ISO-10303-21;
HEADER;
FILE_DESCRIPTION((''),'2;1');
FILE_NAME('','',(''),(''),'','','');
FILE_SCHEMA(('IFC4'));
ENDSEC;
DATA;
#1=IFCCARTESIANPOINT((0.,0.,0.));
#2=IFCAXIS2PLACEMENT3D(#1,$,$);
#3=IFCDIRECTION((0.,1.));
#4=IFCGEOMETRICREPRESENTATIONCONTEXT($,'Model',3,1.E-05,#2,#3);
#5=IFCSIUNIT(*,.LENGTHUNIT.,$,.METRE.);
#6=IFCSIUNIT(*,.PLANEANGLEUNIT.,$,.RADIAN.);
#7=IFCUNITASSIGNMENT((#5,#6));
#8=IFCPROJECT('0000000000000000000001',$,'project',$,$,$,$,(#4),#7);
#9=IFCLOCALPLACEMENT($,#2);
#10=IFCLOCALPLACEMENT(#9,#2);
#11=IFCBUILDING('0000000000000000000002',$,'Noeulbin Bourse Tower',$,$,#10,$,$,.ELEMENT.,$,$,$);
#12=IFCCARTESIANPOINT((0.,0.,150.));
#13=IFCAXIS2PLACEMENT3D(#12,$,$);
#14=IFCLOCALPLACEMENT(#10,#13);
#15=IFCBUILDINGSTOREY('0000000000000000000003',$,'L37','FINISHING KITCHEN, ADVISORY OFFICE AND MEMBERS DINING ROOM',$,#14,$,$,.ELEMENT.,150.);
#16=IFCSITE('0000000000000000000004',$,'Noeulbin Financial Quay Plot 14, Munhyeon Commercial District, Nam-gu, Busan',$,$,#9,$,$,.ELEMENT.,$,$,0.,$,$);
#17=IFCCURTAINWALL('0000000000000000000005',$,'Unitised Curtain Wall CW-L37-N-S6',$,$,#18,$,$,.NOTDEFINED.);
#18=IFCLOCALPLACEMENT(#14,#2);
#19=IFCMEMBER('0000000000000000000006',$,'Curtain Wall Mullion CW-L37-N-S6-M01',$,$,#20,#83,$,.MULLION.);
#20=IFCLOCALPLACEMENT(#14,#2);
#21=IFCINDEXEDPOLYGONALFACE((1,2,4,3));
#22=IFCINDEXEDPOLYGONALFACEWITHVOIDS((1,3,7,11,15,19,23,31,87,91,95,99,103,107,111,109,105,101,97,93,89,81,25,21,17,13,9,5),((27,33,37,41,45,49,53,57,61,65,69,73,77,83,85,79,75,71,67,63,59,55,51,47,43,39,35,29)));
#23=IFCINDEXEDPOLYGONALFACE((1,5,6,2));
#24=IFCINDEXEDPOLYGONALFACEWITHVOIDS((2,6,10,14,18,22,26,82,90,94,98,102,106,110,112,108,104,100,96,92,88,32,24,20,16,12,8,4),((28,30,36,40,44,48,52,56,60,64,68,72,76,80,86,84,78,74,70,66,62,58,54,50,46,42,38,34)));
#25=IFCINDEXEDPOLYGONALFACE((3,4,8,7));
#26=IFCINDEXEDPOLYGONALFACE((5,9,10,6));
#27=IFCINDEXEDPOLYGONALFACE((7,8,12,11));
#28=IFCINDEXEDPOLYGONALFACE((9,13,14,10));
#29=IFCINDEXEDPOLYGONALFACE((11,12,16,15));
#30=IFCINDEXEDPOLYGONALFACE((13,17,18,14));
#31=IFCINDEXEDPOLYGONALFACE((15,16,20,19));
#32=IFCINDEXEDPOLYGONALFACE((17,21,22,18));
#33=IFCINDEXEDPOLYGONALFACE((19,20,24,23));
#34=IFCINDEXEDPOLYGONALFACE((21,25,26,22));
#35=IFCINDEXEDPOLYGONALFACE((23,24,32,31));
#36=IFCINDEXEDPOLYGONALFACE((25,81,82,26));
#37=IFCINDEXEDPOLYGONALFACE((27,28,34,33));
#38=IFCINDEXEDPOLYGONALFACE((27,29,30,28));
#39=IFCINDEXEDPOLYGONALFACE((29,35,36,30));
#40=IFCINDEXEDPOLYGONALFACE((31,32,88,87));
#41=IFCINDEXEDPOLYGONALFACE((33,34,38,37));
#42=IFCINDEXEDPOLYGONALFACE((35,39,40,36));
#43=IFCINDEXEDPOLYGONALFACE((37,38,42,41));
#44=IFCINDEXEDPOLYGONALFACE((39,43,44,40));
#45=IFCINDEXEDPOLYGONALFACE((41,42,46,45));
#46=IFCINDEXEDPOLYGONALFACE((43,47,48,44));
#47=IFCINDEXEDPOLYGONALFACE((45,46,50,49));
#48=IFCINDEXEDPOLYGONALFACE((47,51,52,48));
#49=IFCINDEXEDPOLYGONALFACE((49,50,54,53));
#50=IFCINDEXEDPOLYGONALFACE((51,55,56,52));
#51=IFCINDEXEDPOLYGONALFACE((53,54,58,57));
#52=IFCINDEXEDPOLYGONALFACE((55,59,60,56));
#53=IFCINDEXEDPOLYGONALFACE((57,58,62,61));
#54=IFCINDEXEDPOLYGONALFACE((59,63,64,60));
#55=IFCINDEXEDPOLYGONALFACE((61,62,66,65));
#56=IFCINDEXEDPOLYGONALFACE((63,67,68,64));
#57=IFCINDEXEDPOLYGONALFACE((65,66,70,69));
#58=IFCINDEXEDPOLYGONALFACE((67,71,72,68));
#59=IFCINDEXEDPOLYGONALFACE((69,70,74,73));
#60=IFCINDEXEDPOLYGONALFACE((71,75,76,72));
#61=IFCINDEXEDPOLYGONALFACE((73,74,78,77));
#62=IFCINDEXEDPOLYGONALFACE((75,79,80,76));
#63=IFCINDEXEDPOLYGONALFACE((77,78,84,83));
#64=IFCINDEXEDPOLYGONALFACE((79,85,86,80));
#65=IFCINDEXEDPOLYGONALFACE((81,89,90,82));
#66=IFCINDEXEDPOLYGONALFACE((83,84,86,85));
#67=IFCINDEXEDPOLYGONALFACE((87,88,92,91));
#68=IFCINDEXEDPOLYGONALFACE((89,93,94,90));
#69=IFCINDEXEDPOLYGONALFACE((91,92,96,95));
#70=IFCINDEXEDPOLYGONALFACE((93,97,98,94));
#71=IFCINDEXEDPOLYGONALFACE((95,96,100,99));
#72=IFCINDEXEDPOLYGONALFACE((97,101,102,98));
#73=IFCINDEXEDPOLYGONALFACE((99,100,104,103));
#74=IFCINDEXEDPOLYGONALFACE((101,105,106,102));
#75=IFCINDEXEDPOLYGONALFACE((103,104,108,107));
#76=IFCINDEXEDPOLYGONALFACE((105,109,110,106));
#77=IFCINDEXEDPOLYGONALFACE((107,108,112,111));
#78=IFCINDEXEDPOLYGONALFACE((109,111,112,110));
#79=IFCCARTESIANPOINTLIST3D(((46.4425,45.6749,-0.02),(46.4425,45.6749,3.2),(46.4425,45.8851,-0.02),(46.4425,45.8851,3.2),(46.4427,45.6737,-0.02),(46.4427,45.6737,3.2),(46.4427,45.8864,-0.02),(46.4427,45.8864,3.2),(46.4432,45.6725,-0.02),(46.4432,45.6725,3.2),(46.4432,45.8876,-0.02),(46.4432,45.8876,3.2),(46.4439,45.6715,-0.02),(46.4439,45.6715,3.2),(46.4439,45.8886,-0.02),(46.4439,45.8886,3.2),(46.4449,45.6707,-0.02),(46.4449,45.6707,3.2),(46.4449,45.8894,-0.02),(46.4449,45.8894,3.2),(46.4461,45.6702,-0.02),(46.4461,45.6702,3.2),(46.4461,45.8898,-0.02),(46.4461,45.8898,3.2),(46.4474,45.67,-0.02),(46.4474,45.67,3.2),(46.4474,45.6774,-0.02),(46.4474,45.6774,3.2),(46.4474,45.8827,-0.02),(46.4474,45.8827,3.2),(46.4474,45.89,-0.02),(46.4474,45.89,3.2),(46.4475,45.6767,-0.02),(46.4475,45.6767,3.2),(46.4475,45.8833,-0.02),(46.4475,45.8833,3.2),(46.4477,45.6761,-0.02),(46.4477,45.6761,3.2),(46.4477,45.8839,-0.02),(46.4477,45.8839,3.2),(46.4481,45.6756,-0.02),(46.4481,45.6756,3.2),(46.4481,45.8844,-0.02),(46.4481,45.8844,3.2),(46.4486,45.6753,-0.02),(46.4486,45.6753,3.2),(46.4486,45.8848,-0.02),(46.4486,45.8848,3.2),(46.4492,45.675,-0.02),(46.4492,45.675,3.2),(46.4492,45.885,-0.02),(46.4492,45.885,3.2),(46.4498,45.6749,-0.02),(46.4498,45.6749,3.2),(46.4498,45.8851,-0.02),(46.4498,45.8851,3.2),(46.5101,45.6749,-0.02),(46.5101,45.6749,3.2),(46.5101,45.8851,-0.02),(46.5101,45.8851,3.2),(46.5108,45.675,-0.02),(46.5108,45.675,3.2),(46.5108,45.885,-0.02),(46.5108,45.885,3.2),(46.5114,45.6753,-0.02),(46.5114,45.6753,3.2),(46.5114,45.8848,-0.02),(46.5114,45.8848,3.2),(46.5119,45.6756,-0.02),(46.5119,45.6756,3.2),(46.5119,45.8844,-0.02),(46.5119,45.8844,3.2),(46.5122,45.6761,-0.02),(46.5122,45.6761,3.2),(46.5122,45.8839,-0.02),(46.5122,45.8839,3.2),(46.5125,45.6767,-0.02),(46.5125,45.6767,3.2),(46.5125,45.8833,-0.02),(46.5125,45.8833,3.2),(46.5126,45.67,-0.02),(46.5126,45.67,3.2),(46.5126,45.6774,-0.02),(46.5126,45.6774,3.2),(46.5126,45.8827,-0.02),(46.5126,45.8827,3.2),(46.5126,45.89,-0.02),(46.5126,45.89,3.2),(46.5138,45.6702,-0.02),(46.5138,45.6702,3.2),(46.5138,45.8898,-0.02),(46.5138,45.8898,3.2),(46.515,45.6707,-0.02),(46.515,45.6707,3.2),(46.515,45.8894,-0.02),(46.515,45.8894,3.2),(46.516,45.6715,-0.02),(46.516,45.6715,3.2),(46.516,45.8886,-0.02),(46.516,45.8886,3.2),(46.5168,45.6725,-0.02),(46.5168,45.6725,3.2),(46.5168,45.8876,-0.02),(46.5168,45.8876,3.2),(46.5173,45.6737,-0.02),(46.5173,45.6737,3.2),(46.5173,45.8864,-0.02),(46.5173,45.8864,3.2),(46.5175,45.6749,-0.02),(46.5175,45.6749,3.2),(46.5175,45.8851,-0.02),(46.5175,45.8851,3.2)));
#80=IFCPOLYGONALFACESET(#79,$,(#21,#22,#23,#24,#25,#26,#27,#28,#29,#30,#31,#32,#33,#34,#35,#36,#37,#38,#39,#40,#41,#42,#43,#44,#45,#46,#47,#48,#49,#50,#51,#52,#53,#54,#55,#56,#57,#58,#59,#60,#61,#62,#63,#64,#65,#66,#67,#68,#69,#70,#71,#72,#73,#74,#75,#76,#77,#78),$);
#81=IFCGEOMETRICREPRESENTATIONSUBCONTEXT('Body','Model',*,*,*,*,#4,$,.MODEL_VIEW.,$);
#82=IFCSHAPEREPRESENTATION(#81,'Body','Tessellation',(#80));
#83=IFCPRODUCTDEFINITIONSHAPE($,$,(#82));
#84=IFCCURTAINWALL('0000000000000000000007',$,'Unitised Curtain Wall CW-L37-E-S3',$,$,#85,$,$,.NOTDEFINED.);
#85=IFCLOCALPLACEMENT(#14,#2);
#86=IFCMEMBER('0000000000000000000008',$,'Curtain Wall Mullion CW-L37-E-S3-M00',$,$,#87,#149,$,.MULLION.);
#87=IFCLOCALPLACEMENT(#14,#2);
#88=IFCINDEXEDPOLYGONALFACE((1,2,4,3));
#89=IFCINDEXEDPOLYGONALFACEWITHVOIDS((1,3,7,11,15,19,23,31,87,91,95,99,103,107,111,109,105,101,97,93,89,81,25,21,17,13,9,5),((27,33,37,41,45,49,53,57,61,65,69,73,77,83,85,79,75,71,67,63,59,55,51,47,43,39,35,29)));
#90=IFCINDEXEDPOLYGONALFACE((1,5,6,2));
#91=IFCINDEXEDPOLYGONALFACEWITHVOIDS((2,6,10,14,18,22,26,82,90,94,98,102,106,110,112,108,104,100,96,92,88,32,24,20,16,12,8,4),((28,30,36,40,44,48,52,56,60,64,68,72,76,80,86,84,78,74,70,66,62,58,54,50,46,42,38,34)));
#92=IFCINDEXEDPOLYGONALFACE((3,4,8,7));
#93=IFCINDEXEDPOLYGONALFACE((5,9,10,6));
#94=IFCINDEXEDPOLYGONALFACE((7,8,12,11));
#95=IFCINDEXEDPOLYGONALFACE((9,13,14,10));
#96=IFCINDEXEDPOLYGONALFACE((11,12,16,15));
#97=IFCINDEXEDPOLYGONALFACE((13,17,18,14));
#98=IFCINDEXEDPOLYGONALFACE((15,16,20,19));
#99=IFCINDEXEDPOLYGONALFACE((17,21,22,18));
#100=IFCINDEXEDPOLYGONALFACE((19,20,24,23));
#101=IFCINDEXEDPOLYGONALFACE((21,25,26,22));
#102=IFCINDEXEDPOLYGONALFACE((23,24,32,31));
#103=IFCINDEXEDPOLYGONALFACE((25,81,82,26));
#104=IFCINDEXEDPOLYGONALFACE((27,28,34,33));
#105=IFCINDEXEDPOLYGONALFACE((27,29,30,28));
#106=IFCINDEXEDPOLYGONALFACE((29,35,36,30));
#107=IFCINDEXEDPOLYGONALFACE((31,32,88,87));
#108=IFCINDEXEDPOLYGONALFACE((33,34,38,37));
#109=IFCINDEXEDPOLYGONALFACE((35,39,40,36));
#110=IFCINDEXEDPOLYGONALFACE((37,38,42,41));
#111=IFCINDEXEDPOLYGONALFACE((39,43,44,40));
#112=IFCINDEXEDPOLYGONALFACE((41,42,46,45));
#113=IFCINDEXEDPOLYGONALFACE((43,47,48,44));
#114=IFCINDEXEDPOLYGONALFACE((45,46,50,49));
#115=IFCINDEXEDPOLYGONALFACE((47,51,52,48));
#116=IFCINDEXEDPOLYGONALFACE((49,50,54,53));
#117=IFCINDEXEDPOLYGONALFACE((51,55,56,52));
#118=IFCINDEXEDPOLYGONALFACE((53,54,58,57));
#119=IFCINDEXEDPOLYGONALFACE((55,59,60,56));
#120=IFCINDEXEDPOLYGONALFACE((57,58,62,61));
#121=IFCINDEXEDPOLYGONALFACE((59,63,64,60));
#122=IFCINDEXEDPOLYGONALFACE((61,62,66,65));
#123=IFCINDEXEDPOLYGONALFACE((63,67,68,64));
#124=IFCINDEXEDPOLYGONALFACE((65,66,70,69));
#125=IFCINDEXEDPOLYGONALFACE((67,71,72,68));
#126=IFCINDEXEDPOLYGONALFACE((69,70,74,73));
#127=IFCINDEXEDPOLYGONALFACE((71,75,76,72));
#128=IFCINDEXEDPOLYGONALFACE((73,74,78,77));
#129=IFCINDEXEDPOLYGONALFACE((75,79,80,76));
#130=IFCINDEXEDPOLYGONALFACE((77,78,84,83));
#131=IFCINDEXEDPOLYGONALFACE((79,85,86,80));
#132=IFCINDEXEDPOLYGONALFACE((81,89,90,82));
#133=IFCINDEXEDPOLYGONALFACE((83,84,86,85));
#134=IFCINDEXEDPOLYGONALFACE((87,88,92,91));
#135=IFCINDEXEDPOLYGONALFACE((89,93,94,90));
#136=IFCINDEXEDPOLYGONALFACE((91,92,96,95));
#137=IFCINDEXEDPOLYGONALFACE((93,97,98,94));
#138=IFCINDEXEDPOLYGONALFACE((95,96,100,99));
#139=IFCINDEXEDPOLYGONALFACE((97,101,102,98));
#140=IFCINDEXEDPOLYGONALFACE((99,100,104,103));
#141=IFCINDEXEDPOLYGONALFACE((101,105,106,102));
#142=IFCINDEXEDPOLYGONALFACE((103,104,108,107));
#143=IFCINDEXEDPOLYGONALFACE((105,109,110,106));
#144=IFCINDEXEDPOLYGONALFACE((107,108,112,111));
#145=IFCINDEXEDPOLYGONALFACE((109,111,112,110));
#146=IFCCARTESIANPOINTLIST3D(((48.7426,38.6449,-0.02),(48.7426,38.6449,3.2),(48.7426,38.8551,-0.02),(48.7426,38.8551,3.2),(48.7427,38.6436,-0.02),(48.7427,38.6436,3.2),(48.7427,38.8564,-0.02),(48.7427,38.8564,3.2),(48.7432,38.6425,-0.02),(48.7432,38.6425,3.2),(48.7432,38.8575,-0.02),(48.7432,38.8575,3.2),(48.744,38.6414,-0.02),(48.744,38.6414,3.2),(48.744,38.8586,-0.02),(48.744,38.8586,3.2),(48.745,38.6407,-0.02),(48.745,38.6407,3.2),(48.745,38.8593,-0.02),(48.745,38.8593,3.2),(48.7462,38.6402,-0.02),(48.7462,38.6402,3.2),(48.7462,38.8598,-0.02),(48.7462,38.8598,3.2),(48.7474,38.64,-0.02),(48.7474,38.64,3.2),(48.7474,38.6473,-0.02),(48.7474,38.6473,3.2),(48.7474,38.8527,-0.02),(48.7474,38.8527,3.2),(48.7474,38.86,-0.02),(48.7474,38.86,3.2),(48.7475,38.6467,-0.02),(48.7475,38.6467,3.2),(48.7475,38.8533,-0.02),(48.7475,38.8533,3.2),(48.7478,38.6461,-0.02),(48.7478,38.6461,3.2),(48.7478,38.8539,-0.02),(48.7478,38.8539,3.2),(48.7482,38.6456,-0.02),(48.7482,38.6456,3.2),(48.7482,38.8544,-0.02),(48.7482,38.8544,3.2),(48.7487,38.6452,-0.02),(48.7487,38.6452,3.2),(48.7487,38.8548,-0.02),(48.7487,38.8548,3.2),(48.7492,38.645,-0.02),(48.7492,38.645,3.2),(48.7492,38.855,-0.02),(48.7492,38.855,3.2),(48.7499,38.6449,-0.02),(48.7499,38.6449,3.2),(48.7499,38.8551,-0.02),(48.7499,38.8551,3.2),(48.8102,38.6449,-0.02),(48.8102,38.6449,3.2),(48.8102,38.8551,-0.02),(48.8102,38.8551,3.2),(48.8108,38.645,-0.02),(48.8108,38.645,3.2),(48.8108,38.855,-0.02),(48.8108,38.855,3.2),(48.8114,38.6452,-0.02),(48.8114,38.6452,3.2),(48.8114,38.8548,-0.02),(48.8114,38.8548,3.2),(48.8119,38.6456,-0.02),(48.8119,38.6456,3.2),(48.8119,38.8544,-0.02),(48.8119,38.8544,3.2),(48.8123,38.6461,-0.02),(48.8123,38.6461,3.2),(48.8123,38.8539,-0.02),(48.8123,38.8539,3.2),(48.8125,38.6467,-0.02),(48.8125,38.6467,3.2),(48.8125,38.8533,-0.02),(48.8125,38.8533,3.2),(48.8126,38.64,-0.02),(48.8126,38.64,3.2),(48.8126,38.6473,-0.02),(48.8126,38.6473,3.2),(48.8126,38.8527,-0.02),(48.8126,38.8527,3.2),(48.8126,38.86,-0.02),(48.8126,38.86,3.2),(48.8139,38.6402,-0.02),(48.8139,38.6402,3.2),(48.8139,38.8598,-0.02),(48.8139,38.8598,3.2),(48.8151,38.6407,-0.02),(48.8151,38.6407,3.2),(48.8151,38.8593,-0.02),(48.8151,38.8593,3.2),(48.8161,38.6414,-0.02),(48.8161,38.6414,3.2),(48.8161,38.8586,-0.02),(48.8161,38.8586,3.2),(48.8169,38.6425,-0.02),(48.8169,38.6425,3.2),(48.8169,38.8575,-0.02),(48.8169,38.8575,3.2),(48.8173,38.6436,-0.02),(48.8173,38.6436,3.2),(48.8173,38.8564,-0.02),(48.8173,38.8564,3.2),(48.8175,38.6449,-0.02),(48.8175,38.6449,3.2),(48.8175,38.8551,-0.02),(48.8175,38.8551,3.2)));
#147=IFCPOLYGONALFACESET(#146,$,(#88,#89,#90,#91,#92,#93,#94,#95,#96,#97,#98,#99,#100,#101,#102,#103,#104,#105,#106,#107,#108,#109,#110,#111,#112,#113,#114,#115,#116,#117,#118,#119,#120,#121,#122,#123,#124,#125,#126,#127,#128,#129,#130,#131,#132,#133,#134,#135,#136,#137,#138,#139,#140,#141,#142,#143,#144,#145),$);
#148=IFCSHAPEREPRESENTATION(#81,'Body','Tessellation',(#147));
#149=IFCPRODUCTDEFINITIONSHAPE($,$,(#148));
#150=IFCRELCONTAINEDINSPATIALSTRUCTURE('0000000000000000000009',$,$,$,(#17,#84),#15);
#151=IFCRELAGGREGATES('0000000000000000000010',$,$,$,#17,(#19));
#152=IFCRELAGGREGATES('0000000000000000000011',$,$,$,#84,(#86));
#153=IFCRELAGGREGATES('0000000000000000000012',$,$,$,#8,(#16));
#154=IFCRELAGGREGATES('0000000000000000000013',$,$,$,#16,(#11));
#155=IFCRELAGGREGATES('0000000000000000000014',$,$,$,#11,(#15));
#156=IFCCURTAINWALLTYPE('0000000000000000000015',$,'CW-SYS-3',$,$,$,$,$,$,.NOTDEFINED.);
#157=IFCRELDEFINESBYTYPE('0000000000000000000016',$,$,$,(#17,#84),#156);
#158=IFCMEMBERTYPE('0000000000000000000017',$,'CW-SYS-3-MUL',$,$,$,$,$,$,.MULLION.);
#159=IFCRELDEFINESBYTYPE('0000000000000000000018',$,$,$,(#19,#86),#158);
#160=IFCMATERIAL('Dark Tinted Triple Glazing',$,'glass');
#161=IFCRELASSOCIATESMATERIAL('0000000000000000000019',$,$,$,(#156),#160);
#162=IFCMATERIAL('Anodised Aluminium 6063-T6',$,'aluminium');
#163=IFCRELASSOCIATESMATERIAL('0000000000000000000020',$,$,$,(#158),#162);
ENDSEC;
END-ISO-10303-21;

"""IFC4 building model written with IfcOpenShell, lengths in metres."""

from ifc_helpers import new_model, si_unit, direction, frame, origin, origin_2d, place, context, subcontext, project, spatial, hollow_rectangle, extrude, material, material_profile, profile_set, type_object, element, aggregate, save


model = new_model("IFC4")

# Units and contexts
model_context = context("Model", 3, precision=1e-05, world=origin(), true_north=direction((0.0, 1.0)))
body_context = subcontext(model_context, "Body", "Model", "MODEL_VIEW")
ifc_project = project(units=[si_unit("LENGTHUNIT", "METRE"), si_unit("PLANEANGLEUNIT", "RADIAN")], contexts=[model_context])

# Site, building, storey
site_placement = place(None, origin())
site = spatial("IfcSite", under=ifc_project, at=site_placement, Name="Noeulbin Financial Quay Plot 14, Munhyeon Commercial District, Nam-gu, Busan", CompositionType="ELEMENT", RefElevation=0.0)
building_placement = place(site_placement, origin())
building = spatial("IfcBuilding", under=site, at=building_placement, Name="Noeulbin Bourse Tower", CompositionType="ELEMENT")
storey_placement = place(building_placement, frame((0.0, 0.0, 150.0)))
storey = spatial("IfcBuildingStorey", under=building, at=storey_placement, Name="L37", Description="FINISHING KITCHEN, ADVISORY OFFICE AND MEMBERS DINING ROOM", CompositionType="ELEMENT", Elevation=150.0)

# Shared definitions
ifc_material_1 = material(Name="Dark Tinted Triple Glazing", Category="glass")
curtain_wall_type = type_object("IfcCurtainWallType", Name="CW-SYS-3", PredefinedType="NOTDEFINED", material=ifc_material_1)
ifc_material_2 = material(Name="Anodised Aluminium 6063-T6", Category="aluminium")
ifc_material_profile_1 = material_profile(ifc_material_2, hollow_rectangle(XDim=0.075, YDim=0.22, WallThickness=0.0049, InnerFilletRadius=0.0024, OuterFilletRadius=0.0049, at=origin_2d()), Name="ALU-MULL-75x220x5", Category="LoadBearing")
ifc_profile_set_1 = profile_set([ifc_material_profile_1], Name="Anodised Aluminium 6063-T6")
member_type_1 = type_object("IfcMemberType", Name="CW-SYS-3-MUL", PredefinedType="MULLION", material=ifc_profile_set_1)

# Curtain walls, members
curtain_wall_1_placement = place(storey_placement, origin())
curtain_wall_1 = element("IfcCurtainWall", 1, at=curtain_wall_1_placement, inside=storey, type_object=curtain_wall_type, Name="Unitised Curtain Wall CW-L37-N-S6", PredefinedType="NOTDEFINED")
member_1_placement = place(storey_placement, frame((46.48, 45.78, -0.02), z_axis=(0.0, 0.0, 1.0), x_axis=(1.0, 0.0, 0.0)))
member_1 = element("IfcMember", 2, at=member_1_placement, type_object=member_type_1, Name="Curtain Wall Mullion CW-L37-N-S6-M01", PredefinedType="MULLION", context=body_context, shape_type="SweptSolid", body=[
    extrude(hollow_rectangle(XDim=0.075, YDim=0.22, WallThickness=0.0049, InnerFilletRadius=0.0024, OuterFilletRadius=0.0049, at=origin_2d()), origin(), (0.0, 0.0, 1.0), 3.22),
])
curtain_wall_2_placement = place(storey_placement, origin())
curtain_wall_2 = element("IfcCurtainWall", 3, at=curtain_wall_2_placement, inside=storey, type_object=curtain_wall_type, Name="Unitised Curtain Wall CW-L37-E-S3", PredefinedType="NOTDEFINED")
member_2_placement = place(storey_placement, frame((48.78, 38.75, -0.02), z_axis=(0.0, 0.0, 1.0), x_axis=(1.0, 0.0, 0.0)))
member_2 = element("IfcMember", 4, at=member_2_placement, type_object=member_type_1, Name="Curtain Wall Mullion CW-L37-E-S3-M00", PredefinedType="MULLION", context=body_context, shape_type="SweptSolid", body=[
    extrude(hollow_rectangle(XDim=0.075, YDim=0.22, WallThickness=0.0049, InnerFilletRadius=0.0024, OuterFilletRadius=0.0049, at=origin_2d()), origin(), (0.0, 0.0, 1.0), 3.22),
])

aggregate(curtain_wall_1, [member_1])
aggregate(curtain_wall_2, [member_2])

save(model, "model.ifc")
